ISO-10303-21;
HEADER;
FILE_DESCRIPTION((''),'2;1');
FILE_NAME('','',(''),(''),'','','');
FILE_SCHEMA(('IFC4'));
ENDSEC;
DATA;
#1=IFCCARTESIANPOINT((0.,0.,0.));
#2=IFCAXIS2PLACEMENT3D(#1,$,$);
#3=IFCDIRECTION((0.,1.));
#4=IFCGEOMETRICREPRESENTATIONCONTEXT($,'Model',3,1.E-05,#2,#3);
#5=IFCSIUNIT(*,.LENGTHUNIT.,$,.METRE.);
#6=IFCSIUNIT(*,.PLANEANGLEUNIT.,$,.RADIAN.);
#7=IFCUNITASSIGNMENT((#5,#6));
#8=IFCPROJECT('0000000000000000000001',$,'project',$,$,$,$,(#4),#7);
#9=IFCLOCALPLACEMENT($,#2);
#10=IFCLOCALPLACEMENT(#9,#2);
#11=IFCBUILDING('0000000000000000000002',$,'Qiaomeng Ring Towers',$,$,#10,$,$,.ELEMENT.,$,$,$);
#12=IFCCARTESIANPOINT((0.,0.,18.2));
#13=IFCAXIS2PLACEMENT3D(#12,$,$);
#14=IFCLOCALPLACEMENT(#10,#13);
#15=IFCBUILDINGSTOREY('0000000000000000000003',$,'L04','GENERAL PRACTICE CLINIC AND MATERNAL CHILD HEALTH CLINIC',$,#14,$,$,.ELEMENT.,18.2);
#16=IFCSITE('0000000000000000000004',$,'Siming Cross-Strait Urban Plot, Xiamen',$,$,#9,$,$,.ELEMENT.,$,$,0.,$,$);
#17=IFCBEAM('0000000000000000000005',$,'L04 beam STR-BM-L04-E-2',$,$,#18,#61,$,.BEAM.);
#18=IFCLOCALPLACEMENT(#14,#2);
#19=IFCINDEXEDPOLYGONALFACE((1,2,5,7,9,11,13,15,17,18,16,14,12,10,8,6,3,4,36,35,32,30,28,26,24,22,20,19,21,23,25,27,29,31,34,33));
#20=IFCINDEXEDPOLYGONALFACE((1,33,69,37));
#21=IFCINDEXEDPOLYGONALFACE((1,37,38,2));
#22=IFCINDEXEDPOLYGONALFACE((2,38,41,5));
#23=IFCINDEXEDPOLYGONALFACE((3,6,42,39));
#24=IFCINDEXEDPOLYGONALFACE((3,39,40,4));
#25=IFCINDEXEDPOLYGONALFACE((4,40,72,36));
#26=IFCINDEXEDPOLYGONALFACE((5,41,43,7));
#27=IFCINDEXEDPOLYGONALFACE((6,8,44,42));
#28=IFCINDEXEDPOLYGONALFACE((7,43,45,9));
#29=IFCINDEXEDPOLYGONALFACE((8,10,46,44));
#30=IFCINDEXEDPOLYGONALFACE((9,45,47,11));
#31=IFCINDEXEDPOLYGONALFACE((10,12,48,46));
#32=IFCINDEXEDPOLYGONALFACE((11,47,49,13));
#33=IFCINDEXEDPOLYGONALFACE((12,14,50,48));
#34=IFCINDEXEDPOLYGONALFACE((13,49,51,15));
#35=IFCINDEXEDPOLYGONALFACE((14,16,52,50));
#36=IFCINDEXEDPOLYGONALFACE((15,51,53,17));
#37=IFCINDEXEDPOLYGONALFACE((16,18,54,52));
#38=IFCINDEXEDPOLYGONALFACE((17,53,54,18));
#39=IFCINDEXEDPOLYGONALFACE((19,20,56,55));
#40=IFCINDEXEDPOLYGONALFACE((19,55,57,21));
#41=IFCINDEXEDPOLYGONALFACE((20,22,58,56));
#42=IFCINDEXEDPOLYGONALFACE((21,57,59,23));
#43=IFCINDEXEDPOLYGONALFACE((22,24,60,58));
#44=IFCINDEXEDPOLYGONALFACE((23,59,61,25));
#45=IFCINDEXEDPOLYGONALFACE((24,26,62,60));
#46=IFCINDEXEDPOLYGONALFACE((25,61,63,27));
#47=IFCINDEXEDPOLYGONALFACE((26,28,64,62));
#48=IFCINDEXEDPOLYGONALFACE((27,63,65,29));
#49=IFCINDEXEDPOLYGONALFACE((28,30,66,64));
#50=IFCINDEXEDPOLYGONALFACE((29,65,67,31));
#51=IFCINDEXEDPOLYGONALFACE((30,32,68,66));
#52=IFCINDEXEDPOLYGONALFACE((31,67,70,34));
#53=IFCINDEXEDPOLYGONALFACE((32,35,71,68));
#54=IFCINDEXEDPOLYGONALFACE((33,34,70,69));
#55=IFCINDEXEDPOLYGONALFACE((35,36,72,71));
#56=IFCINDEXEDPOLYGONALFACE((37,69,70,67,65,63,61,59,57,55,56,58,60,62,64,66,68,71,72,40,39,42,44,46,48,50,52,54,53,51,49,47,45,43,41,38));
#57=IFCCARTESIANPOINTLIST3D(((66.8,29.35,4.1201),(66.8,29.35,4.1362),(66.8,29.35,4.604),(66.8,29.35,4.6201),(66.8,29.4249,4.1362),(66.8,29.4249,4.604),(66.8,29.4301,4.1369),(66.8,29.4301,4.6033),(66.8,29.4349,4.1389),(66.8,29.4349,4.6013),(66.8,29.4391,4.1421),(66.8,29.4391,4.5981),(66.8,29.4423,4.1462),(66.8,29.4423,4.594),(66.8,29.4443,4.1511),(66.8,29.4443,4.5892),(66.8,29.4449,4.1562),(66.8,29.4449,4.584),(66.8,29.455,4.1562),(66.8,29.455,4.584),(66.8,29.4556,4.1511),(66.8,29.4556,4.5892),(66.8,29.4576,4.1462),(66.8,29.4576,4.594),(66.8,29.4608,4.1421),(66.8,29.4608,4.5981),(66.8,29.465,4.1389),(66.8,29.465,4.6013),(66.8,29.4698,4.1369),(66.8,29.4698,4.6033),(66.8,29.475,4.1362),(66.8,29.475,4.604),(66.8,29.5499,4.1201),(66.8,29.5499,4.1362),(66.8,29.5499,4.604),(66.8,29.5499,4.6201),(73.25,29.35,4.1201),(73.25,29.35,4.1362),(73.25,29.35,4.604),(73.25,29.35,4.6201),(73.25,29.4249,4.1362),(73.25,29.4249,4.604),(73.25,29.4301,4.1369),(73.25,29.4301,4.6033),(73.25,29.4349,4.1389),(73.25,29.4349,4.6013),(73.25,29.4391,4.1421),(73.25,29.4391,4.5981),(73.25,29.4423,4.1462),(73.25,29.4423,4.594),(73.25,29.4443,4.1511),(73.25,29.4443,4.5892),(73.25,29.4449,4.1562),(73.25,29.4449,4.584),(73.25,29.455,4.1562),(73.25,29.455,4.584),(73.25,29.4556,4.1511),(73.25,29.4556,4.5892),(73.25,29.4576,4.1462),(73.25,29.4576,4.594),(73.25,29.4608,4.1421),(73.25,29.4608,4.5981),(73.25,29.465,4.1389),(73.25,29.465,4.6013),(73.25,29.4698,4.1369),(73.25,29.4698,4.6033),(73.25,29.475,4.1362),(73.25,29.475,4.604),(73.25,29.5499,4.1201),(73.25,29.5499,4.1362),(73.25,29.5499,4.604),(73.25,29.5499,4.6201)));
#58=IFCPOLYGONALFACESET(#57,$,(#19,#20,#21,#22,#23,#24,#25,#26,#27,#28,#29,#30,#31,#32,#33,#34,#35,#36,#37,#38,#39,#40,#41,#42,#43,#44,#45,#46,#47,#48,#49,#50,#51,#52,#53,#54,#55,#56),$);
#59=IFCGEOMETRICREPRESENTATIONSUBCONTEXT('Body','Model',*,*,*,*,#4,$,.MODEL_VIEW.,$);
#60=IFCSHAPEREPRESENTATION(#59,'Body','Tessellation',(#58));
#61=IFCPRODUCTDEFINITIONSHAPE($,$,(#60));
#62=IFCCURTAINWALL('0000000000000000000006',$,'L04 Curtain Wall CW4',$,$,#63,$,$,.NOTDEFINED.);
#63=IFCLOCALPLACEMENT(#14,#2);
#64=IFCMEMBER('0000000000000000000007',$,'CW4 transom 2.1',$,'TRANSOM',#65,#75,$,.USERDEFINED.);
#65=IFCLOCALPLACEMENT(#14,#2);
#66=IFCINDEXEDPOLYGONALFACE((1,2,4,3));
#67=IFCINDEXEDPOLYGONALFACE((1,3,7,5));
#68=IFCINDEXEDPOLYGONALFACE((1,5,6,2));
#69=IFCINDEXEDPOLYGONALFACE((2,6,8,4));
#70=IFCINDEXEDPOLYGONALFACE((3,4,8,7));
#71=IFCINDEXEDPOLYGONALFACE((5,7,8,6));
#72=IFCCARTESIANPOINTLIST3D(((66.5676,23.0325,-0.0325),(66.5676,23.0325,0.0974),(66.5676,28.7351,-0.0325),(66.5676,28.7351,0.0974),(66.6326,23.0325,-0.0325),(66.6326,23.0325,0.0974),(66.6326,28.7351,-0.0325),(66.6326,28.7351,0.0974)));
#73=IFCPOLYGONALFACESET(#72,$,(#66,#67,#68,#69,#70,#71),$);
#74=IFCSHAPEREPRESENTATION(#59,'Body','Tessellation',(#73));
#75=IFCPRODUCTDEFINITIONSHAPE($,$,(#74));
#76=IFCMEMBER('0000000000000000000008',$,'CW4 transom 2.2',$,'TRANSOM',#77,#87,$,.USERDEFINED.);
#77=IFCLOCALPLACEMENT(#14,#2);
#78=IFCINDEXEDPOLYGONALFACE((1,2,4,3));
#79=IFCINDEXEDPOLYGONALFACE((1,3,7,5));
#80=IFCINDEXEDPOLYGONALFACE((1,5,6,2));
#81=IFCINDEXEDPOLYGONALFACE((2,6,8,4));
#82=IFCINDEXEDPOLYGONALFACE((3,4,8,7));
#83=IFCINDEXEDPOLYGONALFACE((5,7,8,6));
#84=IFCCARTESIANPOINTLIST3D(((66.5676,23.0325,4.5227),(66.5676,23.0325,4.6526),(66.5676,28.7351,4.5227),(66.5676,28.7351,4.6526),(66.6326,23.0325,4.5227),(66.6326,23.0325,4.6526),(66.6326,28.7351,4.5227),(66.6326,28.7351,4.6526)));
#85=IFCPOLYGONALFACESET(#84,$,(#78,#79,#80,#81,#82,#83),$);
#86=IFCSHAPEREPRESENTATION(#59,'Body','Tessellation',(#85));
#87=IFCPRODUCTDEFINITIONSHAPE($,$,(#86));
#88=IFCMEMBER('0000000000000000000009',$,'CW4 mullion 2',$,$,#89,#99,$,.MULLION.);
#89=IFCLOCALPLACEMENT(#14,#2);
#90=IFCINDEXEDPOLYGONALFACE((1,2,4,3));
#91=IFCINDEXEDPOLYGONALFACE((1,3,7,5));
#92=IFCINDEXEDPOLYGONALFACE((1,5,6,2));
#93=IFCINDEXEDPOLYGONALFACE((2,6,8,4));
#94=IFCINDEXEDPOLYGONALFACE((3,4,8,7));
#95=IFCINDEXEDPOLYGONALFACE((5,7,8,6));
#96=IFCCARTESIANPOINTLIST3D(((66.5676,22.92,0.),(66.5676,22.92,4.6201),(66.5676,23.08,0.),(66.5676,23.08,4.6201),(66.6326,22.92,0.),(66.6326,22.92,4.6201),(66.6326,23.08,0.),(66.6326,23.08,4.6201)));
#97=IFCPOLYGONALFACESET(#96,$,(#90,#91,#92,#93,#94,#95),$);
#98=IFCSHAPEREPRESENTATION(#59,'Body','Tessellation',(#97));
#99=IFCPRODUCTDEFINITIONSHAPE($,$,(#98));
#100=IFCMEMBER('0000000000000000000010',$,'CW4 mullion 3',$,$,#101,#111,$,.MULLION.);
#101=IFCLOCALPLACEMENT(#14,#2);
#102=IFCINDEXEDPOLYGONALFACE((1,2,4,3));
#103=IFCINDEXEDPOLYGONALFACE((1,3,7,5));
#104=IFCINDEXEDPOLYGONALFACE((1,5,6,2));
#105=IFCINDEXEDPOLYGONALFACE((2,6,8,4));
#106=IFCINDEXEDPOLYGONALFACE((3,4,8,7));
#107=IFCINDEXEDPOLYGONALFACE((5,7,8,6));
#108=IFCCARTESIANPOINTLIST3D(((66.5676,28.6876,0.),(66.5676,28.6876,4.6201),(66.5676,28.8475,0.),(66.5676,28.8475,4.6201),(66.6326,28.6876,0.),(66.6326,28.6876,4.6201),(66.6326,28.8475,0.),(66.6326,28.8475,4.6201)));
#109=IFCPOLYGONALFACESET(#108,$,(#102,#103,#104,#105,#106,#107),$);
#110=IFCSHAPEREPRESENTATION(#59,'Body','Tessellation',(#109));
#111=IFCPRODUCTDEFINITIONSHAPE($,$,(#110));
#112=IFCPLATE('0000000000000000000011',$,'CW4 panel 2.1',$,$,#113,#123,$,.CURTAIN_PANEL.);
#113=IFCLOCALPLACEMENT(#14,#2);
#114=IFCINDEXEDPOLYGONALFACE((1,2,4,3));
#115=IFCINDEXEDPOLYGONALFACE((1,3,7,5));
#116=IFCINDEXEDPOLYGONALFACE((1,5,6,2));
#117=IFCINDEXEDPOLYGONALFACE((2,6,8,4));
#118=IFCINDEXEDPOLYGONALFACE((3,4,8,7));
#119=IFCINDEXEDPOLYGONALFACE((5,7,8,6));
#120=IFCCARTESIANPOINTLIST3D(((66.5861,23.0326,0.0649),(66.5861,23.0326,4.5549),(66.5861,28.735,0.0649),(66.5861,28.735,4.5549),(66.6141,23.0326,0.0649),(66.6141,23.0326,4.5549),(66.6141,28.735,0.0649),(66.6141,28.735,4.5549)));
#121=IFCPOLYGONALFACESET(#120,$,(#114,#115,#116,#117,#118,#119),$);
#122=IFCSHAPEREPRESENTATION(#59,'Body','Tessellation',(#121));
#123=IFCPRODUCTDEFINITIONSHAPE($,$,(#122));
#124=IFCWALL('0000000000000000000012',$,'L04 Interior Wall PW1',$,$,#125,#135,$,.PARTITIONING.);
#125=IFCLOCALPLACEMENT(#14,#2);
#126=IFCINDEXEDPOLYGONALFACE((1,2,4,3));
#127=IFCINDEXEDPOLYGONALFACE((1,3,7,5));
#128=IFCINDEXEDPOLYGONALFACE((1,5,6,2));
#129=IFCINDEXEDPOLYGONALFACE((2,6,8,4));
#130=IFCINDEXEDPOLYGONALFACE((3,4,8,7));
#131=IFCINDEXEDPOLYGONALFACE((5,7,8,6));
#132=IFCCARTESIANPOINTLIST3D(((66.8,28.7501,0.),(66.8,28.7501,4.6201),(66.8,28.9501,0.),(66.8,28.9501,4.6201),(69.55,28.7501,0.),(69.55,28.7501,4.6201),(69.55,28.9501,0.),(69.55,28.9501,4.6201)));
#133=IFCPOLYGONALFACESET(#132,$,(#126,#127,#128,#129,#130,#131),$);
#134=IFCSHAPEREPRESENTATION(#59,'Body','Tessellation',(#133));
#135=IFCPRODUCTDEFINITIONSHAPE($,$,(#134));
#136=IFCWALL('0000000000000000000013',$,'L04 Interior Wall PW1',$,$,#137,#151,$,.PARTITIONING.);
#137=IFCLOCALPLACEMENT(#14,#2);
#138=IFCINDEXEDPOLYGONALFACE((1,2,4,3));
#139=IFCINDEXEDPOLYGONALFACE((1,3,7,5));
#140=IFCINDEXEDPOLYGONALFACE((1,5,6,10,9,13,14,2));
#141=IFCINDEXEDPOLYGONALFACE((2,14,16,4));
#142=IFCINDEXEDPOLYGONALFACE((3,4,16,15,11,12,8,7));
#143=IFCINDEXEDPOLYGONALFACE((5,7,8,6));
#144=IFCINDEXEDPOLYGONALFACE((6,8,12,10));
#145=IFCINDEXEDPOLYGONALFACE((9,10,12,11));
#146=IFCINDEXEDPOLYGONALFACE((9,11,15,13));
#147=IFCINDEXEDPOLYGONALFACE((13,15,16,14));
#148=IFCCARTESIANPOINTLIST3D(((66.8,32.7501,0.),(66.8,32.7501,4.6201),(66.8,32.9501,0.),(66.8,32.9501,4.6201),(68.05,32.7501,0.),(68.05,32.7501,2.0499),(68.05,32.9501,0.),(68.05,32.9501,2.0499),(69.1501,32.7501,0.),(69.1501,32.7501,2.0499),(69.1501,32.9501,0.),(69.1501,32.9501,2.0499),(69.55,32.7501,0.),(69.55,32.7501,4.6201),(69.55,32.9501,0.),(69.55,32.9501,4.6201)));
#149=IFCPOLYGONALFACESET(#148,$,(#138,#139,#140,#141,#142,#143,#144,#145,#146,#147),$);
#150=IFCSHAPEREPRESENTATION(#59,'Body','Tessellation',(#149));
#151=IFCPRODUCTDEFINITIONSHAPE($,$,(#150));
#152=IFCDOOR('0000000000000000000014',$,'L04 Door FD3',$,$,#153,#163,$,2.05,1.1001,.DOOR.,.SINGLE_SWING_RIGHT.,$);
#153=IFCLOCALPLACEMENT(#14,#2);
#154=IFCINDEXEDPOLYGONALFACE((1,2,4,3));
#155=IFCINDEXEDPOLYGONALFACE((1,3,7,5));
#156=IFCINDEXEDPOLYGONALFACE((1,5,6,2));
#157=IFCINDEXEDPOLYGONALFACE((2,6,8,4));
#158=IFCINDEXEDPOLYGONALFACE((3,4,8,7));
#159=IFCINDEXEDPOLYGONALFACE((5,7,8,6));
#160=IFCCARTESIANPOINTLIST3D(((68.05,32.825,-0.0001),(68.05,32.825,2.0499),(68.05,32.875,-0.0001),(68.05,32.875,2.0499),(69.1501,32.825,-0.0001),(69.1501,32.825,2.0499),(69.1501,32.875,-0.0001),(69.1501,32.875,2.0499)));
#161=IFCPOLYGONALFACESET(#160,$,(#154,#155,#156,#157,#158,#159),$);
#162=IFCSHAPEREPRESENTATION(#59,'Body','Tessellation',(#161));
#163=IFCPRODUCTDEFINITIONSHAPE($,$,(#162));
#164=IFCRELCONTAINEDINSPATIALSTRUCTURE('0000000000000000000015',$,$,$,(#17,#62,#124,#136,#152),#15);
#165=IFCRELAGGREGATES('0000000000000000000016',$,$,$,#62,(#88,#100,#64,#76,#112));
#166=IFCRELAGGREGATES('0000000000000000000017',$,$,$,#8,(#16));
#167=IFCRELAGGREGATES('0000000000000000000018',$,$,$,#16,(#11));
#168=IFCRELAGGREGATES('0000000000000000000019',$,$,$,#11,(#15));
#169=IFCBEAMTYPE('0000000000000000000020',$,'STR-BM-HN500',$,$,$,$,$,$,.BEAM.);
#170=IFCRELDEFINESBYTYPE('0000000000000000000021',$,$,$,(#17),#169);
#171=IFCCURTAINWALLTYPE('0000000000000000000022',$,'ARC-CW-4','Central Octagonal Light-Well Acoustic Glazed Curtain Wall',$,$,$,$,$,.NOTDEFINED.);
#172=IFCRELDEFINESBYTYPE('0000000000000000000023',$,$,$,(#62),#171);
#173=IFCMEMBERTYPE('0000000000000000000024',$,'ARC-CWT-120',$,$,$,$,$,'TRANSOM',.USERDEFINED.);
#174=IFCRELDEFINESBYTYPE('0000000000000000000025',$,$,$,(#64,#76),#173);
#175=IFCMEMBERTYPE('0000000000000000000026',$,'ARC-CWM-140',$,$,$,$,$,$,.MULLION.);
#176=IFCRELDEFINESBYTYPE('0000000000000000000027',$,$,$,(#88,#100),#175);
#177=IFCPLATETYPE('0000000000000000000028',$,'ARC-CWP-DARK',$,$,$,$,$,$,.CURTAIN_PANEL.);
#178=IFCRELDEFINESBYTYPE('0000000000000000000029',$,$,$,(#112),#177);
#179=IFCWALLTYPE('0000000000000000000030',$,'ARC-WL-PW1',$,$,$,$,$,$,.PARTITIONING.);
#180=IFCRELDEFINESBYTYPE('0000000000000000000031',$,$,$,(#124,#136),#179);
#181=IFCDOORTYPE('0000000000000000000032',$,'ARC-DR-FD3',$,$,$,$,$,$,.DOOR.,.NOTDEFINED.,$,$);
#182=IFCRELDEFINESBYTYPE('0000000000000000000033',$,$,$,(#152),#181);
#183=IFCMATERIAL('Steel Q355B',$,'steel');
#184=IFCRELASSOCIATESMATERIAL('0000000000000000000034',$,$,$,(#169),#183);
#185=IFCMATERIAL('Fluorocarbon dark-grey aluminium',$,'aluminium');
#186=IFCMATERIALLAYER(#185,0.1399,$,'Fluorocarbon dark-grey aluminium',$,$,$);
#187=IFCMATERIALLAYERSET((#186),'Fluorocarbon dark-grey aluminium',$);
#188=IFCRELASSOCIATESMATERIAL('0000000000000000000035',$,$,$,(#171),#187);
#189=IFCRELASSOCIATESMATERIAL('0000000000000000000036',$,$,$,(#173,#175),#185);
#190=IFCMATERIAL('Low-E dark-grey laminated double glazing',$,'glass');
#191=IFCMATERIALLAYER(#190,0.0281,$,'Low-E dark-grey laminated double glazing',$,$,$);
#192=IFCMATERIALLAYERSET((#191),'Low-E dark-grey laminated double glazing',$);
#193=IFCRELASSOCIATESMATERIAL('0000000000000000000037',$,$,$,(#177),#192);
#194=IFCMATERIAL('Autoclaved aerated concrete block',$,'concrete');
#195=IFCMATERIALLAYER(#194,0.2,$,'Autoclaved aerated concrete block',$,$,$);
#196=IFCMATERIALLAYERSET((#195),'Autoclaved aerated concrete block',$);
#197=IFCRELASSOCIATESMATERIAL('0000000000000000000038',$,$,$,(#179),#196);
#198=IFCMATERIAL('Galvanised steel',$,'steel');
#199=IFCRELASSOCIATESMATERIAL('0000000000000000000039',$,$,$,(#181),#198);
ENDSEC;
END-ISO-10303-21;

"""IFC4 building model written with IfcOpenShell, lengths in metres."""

from ifc_helpers import new_model, si_unit, direction, frame, frame_2d, origin, origin_2d, place, context, subcontext, project, spatial, rectangle, i_section, extrude, source, transform, mapped, material, layer, layer_set, material_profile, profile_set, type_object, element, fill, aggregate, save


model = new_model("IFC4")

# Units and contexts
model_context = context("Model", 3, precision=1e-05, world=origin(), true_north=direction((0.0, 1.0)))
body_context = subcontext(model_context, "Body", "Model", "MODEL_VIEW")
ifc_project = project(units=[si_unit("LENGTHUNIT", "METRE"), si_unit("PLANEANGLEUNIT", "RADIAN")], contexts=[model_context])

# Site, building, storey
site_placement = place(None, origin())
site = spatial("IfcSite", under=ifc_project, at=site_placement, Name="Siming Cross-Strait Urban Plot, Xiamen", CompositionType="ELEMENT", RefElevation=0.0)
building_placement = place(site_placement, origin())
building = spatial("IfcBuilding", under=site, at=building_placement, Name="Qiaomeng Ring Towers", CompositionType="ELEMENT")
storey_placement = place(building_placement, frame((0.0, 0.0, 18.2)))
storey = spatial("IfcBuildingStorey", under=building, at=storey_placement, Name="L04", Description="GENERAL PRACTICE CLINIC AND MATERNAL CHILD HEALTH CLINIC", CompositionType="ELEMENT", Elevation=18.2)

# Beam
ifc_material_1 = material(Name="Steel Q355B", Category="steel")
ifc_material_profile_1 = material_profile(ifc_material_1, i_section(OverallWidth=0.2, OverallDepth=0.5, WebThickness=0.01, FlangeThickness=0.0161, FilletRadius=0.02, at=origin_2d()), Name="HN 500x200x10x16")
ifc_profile_set_1 = profile_set([ifc_material_profile_1], Name="Steel Q355B")
beam_type = type_object("IfcBeamType", Name="STR-BM-HN500", PredefinedType="BEAM", material=ifc_profile_set_1)
shared_shape_1 = source(origin(), body_context, "Body", "SweptSolid", [
    extrude(i_section(OverallWidth=0.2, OverallDepth=0.5, WebThickness=0.01, FlangeThickness=0.0161, FilletRadius=0.02, at=origin_2d()), origin(), (0.0, 0.0, 1.0), 6.45),
])
beam_placement = place(storey_placement, frame((66.8, 29.45, 4.3701), z_axis=(1.0, 0.0, 0.0), x_axis=(0.0, 1.0, 0.0)))
element("IfcBeam", 1, at=beam_placement, inside=storey, type_object=beam_type, Name="L04 beam STR-BM-L04-E-2", PredefinedType="BEAM", context=body_context, shape_type="MappedRepresentation", body=[
    mapped(shared_shape_1, transform((0.0, 0.0, 0.0), x_axis=(1.0, 0.0, 0.0), y_axis=(0.0, 1.0, 0.0), z_axis=(0.0, 0.0, 1.0), scale=1.0)),
])

# Curtain wall, members, plate
ifc_material_2 = material(Name="Fluorocarbon dark-grey aluminium", Category="aluminium")
ifc_layer_1 = layer(ifc_material_2, 0.1399, Name="Fluorocarbon dark-grey aluminium")
ifc_layer_set_1 = layer_set([ifc_layer_1], Name="Fluorocarbon dark-grey aluminium")
curtain_wall_type = type_object("IfcCurtainWallType", Name="ARC-CW-4", Description="Central Octagonal Light-Well Acoustic Glazed Curtain Wall", PredefinedType="NOTDEFINED", material=ifc_layer_set_1)
curtain_wall_placement = place(storey_placement, origin())
curtain_wall = element("IfcCurtainWall", 2, at=curtain_wall_placement, inside=storey, type_object=curtain_wall_type, Name="L04 Curtain Wall CW4", PredefinedType="NOTDEFINED")
ifc_material_profile_2 = material_profile(ifc_material_2, rectangle(XDim=0.0649, YDim=0.1299, at=origin_2d()), Name="ALU TRAN 65x130")
ifc_profile_set_2 = profile_set([ifc_material_profile_2], Name="Fluorocarbon dark-grey aluminium")
member_type_1 = type_object("IfcMemberType", Name="ARC-CWT-120", ElementType="TRANSOM", PredefinedType="USERDEFINED", material=ifc_profile_set_2)
shared_shape_2 = source(origin(), body_context, "Body", "SweptSolid", [
    extrude(rectangle(XDim=0.0649, YDim=0.1299, at=origin_2d()), origin(), (0.0, 0.0, 1.0), 5.7026),
])
member_1_placement = place(storey_placement, frame((66.6001, 23.0325, 0.0325), z_axis=(0.0, 1.0, 0.0), x_axis=(-1.0, 0.0, 0.0)))
member_1 = element("IfcMember", 3, at=member_1_placement, type_object=member_type_1, Name="CW4 transom 2.1", ObjectType="TRANSOM", PredefinedType="USERDEFINED", context=body_context, shape_type="MappedRepresentation", body=[
    mapped(shared_shape_2, transform((0.0, 0.0, 0.0), x_axis=(1.0, 0.0, 0.0), y_axis=(0.0, 1.0, 0.0), z_axis=(0.0, 0.0, 1.0), scale=1.0)),
])
member_2_placement = place(storey_placement, frame((66.6001, 23.0325, 4.5876), z_axis=(0.0, 1.0, 0.0), x_axis=(-1.0, 0.0, 0.0)))
member_2 = element("IfcMember", 4, at=member_2_placement, type_object=member_type_1, Name="CW4 transom 2.2", ObjectType="TRANSOM", PredefinedType="USERDEFINED", context=body_context, shape_type="MappedRepresentation", body=[
    mapped(shared_shape_2, transform((0.0, 0.0, 0.0), x_axis=(1.0, 0.0, 0.0), y_axis=(0.0, 1.0, 0.0), z_axis=(0.0, 0.0, 1.0), scale=1.0)),
])
ifc_material_profile_3 = material_profile(ifc_material_2, rectangle(XDim=0.0649, YDim=0.1599, at=origin_2d()), Name="ALU MULL 65x160")
ifc_profile_set_3 = profile_set([ifc_material_profile_3], Name="Fluorocarbon dark-grey aluminium")
member_type_2 = type_object("IfcMemberType", Name="ARC-CWM-140", PredefinedType="MULLION", material=ifc_profile_set_3)
shared_shape_3 = source(origin(), body_context, "Body", "SweptSolid", [
    extrude(rectangle(XDim=0.0649, YDim=0.1599, at=origin_2d()), origin(), (0.0, 0.0, 1.0), 4.6201),
])
member_3_placement = place(storey_placement, frame((66.6001, 23.0, 0.0), z_axis=(0.0, 0.0, 1.0), x_axis=(-1.0, 0.0, 0.0)))
member_3 = element("IfcMember", 5, at=member_3_placement, type_object=member_type_2, Name="CW4 mullion 2", PredefinedType="MULLION", context=body_context, shape_type="MappedRepresentation", body=[
    mapped(shared_shape_3, transform((0.0, 0.0, 0.0), x_axis=(1.0, 0.0, 0.0), y_axis=(0.0, 1.0, 0.0), z_axis=(0.0, 0.0, 1.0), scale=1.0)),
])
member_4_placement = place(storey_placement, frame((66.6001, 28.7676, 0.0), z_axis=(0.0, 0.0, 1.0), x_axis=(-1.0, 0.0, 0.0)))
member_4 = element("IfcMember", 6, at=member_4_placement, type_object=member_type_2, Name="CW4 mullion 3", PredefinedType="MULLION", context=body_context, shape_type="MappedRepresentation", body=[
    mapped(shared_shape_3, transform((0.0, 0.0, 0.0), x_axis=(1.0, 0.0, 0.0), y_axis=(0.0, 1.0, 0.0), z_axis=(0.0, 0.0, 1.0), scale=1.0)),
])
ifc_material_3 = material(Name="Low-E dark-grey laminated double glazing", Category="glass")
ifc_layer_2 = layer(ifc_material_3, 0.0281, Name="Low-E dark-grey laminated double glazing")
ifc_layer_set_2 = layer_set([ifc_layer_2], Name="Low-E dark-grey laminated double glazing")
plate_type = type_object("IfcPlateType", Name="ARC-CWP-DARK", PredefinedType="CURTAIN_PANEL", material=ifc_layer_set_2)
shared_shape_4 = source(origin(), body_context, "Body", "SweptSolid", [
    extrude(rectangle(XDim=5.7024, YDim=0.0281, at=origin_2d()), origin(), (0.0, 0.0, 1.0), 4.49),
])
plate_placement = place(storey_placement, frame((66.6001, 25.8838, 0.0649), z_axis=(0.0, 0.0, 1.0), x_axis=(0.0, 1.0, 0.0)))
plate = element("IfcPlate", 7, at=plate_placement, type_object=plate_type, Name="CW4 panel 2.1", PredefinedType="CURTAIN_PANEL", context=body_context, shape_type="MappedRepresentation", body=[
    mapped(shared_shape_4, transform((0.0, 0.0, 0.0), x_axis=(1.0, 0.0, 0.0), y_axis=(0.0, 1.0, 0.0), z_axis=(0.0, 0.0, 1.0), scale=1.0)),
])
aggregate(curtain_wall, [member_3, member_4, member_1, member_2, plate])

# Wall
ifc_material_4 = material(Name="Autoclaved aerated concrete block", Category="concrete")
ifc_layer_3 = layer(ifc_material_4, 0.2, Name="Autoclaved aerated concrete block")
ifc_layer_set_3 = layer_set([ifc_layer_3], Name="Autoclaved aerated concrete block")
wall_type_1 = type_object("IfcWallType", Name="ARC-WL-PW1", PredefinedType="PARTITIONING", material=ifc_layer_set_3)
wall_1_placement = place(storey_placement, frame((66.8, 28.8501, 0.0), z_axis=(0.0, 0.0, 1.0), x_axis=(1.0, 0.0, 0.0)))
element("IfcWall", 8, at=wall_1_placement, inside=storey, type_object=wall_type_1, Name="L04 Interior Wall PW1", PredefinedType="PARTITIONING", context=body_context, shape_type="SweptSolid", body=[
    extrude(rectangle(XDim=2.75, YDim=0.2, at=frame_2d((1.375, 0.0))), origin(), (0.0, 0.0, 1.0), 4.6201),
])

# Wall, opening, door
wall_2_placement = place(storey_placement, frame((66.8, 32.8501, 0.0), z_axis=(0.0, 0.0, 1.0), x_axis=(1.0, 0.0, 0.0)))
wall_2 = element("IfcWall", 9, at=wall_2_placement, inside=storey, type_object=wall_type_1, Name="L04 Interior Wall PW1", PredefinedType="PARTITIONING", context=body_context, shape_type="SweptSolid", body=[
    extrude(rectangle(XDim=2.75, YDim=0.2, at=frame_2d((1.375, 0.0))), origin(), (0.0, 0.0, 1.0), 4.6201),
])
opening_1_placement = place(wall_2_placement, frame((1.25, 0.0, 0.0)))
opening_1 = element("IfcOpeningElement", 10, at=opening_1_placement, cuts=wall_2, PredefinedType="OPENING", context=body_context, shape_type="SweptSolid", body=[
    extrude(rectangle(XDim=1.1001, YDim=2.05, at=frame_2d((0.55, 1.0249))), frame((0.0, 0.1099, 0.0), z_axis=(0.0, -1.0, 0.0), x_axis=(1.0, 0.0, 0.0)), (0.0, 0.0, 1.0), 0.22),
])
ifc_material_5 = material(Name="Galvanised steel", Category="steel")
door_type_1 = type_object("IfcDoorType", Name="ARC-DR-FD3", OperationType="NOTDEFINED", PredefinedType="DOOR", material=ifc_material_5)
shared_shape_5 = source(origin(), body_context, "Body", "SweptSolid", [
    extrude(rectangle(XDim=1.1001, YDim=2.05, at=frame_2d((0.55, 1.0249))), frame((0.0, 0.0249, 0.0), z_axis=(0.0, -1.0, 0.0), x_axis=(1.0, 0.0, 0.0)), (0.0, 0.0, 1.0), 0.05),
])
door_1_placement = place(opening_1_placement, origin())
door_1 = element("IfcDoor", 11, at=door_1_placement, inside=storey, type_object=door_type_1, Name="L04 Door FD3", OperationType="SINGLE_SWING_RIGHT", OverallHeight=2.05, OverallWidth=1.1001, PredefinedType="DOOR", context=body_context, shape_type="MappedRepresentation", body=[
    mapped(shared_shape_5, transform((0.0, 0.0, 0.0), x_axis=(1.0, 0.0, 0.0), y_axis=(0.0, 1.0, 0.0), z_axis=(0.0, 0.0, 1.0), scale=1.0)),
])
fill(opening_1, door_1)

save(model, "model.ifc")
